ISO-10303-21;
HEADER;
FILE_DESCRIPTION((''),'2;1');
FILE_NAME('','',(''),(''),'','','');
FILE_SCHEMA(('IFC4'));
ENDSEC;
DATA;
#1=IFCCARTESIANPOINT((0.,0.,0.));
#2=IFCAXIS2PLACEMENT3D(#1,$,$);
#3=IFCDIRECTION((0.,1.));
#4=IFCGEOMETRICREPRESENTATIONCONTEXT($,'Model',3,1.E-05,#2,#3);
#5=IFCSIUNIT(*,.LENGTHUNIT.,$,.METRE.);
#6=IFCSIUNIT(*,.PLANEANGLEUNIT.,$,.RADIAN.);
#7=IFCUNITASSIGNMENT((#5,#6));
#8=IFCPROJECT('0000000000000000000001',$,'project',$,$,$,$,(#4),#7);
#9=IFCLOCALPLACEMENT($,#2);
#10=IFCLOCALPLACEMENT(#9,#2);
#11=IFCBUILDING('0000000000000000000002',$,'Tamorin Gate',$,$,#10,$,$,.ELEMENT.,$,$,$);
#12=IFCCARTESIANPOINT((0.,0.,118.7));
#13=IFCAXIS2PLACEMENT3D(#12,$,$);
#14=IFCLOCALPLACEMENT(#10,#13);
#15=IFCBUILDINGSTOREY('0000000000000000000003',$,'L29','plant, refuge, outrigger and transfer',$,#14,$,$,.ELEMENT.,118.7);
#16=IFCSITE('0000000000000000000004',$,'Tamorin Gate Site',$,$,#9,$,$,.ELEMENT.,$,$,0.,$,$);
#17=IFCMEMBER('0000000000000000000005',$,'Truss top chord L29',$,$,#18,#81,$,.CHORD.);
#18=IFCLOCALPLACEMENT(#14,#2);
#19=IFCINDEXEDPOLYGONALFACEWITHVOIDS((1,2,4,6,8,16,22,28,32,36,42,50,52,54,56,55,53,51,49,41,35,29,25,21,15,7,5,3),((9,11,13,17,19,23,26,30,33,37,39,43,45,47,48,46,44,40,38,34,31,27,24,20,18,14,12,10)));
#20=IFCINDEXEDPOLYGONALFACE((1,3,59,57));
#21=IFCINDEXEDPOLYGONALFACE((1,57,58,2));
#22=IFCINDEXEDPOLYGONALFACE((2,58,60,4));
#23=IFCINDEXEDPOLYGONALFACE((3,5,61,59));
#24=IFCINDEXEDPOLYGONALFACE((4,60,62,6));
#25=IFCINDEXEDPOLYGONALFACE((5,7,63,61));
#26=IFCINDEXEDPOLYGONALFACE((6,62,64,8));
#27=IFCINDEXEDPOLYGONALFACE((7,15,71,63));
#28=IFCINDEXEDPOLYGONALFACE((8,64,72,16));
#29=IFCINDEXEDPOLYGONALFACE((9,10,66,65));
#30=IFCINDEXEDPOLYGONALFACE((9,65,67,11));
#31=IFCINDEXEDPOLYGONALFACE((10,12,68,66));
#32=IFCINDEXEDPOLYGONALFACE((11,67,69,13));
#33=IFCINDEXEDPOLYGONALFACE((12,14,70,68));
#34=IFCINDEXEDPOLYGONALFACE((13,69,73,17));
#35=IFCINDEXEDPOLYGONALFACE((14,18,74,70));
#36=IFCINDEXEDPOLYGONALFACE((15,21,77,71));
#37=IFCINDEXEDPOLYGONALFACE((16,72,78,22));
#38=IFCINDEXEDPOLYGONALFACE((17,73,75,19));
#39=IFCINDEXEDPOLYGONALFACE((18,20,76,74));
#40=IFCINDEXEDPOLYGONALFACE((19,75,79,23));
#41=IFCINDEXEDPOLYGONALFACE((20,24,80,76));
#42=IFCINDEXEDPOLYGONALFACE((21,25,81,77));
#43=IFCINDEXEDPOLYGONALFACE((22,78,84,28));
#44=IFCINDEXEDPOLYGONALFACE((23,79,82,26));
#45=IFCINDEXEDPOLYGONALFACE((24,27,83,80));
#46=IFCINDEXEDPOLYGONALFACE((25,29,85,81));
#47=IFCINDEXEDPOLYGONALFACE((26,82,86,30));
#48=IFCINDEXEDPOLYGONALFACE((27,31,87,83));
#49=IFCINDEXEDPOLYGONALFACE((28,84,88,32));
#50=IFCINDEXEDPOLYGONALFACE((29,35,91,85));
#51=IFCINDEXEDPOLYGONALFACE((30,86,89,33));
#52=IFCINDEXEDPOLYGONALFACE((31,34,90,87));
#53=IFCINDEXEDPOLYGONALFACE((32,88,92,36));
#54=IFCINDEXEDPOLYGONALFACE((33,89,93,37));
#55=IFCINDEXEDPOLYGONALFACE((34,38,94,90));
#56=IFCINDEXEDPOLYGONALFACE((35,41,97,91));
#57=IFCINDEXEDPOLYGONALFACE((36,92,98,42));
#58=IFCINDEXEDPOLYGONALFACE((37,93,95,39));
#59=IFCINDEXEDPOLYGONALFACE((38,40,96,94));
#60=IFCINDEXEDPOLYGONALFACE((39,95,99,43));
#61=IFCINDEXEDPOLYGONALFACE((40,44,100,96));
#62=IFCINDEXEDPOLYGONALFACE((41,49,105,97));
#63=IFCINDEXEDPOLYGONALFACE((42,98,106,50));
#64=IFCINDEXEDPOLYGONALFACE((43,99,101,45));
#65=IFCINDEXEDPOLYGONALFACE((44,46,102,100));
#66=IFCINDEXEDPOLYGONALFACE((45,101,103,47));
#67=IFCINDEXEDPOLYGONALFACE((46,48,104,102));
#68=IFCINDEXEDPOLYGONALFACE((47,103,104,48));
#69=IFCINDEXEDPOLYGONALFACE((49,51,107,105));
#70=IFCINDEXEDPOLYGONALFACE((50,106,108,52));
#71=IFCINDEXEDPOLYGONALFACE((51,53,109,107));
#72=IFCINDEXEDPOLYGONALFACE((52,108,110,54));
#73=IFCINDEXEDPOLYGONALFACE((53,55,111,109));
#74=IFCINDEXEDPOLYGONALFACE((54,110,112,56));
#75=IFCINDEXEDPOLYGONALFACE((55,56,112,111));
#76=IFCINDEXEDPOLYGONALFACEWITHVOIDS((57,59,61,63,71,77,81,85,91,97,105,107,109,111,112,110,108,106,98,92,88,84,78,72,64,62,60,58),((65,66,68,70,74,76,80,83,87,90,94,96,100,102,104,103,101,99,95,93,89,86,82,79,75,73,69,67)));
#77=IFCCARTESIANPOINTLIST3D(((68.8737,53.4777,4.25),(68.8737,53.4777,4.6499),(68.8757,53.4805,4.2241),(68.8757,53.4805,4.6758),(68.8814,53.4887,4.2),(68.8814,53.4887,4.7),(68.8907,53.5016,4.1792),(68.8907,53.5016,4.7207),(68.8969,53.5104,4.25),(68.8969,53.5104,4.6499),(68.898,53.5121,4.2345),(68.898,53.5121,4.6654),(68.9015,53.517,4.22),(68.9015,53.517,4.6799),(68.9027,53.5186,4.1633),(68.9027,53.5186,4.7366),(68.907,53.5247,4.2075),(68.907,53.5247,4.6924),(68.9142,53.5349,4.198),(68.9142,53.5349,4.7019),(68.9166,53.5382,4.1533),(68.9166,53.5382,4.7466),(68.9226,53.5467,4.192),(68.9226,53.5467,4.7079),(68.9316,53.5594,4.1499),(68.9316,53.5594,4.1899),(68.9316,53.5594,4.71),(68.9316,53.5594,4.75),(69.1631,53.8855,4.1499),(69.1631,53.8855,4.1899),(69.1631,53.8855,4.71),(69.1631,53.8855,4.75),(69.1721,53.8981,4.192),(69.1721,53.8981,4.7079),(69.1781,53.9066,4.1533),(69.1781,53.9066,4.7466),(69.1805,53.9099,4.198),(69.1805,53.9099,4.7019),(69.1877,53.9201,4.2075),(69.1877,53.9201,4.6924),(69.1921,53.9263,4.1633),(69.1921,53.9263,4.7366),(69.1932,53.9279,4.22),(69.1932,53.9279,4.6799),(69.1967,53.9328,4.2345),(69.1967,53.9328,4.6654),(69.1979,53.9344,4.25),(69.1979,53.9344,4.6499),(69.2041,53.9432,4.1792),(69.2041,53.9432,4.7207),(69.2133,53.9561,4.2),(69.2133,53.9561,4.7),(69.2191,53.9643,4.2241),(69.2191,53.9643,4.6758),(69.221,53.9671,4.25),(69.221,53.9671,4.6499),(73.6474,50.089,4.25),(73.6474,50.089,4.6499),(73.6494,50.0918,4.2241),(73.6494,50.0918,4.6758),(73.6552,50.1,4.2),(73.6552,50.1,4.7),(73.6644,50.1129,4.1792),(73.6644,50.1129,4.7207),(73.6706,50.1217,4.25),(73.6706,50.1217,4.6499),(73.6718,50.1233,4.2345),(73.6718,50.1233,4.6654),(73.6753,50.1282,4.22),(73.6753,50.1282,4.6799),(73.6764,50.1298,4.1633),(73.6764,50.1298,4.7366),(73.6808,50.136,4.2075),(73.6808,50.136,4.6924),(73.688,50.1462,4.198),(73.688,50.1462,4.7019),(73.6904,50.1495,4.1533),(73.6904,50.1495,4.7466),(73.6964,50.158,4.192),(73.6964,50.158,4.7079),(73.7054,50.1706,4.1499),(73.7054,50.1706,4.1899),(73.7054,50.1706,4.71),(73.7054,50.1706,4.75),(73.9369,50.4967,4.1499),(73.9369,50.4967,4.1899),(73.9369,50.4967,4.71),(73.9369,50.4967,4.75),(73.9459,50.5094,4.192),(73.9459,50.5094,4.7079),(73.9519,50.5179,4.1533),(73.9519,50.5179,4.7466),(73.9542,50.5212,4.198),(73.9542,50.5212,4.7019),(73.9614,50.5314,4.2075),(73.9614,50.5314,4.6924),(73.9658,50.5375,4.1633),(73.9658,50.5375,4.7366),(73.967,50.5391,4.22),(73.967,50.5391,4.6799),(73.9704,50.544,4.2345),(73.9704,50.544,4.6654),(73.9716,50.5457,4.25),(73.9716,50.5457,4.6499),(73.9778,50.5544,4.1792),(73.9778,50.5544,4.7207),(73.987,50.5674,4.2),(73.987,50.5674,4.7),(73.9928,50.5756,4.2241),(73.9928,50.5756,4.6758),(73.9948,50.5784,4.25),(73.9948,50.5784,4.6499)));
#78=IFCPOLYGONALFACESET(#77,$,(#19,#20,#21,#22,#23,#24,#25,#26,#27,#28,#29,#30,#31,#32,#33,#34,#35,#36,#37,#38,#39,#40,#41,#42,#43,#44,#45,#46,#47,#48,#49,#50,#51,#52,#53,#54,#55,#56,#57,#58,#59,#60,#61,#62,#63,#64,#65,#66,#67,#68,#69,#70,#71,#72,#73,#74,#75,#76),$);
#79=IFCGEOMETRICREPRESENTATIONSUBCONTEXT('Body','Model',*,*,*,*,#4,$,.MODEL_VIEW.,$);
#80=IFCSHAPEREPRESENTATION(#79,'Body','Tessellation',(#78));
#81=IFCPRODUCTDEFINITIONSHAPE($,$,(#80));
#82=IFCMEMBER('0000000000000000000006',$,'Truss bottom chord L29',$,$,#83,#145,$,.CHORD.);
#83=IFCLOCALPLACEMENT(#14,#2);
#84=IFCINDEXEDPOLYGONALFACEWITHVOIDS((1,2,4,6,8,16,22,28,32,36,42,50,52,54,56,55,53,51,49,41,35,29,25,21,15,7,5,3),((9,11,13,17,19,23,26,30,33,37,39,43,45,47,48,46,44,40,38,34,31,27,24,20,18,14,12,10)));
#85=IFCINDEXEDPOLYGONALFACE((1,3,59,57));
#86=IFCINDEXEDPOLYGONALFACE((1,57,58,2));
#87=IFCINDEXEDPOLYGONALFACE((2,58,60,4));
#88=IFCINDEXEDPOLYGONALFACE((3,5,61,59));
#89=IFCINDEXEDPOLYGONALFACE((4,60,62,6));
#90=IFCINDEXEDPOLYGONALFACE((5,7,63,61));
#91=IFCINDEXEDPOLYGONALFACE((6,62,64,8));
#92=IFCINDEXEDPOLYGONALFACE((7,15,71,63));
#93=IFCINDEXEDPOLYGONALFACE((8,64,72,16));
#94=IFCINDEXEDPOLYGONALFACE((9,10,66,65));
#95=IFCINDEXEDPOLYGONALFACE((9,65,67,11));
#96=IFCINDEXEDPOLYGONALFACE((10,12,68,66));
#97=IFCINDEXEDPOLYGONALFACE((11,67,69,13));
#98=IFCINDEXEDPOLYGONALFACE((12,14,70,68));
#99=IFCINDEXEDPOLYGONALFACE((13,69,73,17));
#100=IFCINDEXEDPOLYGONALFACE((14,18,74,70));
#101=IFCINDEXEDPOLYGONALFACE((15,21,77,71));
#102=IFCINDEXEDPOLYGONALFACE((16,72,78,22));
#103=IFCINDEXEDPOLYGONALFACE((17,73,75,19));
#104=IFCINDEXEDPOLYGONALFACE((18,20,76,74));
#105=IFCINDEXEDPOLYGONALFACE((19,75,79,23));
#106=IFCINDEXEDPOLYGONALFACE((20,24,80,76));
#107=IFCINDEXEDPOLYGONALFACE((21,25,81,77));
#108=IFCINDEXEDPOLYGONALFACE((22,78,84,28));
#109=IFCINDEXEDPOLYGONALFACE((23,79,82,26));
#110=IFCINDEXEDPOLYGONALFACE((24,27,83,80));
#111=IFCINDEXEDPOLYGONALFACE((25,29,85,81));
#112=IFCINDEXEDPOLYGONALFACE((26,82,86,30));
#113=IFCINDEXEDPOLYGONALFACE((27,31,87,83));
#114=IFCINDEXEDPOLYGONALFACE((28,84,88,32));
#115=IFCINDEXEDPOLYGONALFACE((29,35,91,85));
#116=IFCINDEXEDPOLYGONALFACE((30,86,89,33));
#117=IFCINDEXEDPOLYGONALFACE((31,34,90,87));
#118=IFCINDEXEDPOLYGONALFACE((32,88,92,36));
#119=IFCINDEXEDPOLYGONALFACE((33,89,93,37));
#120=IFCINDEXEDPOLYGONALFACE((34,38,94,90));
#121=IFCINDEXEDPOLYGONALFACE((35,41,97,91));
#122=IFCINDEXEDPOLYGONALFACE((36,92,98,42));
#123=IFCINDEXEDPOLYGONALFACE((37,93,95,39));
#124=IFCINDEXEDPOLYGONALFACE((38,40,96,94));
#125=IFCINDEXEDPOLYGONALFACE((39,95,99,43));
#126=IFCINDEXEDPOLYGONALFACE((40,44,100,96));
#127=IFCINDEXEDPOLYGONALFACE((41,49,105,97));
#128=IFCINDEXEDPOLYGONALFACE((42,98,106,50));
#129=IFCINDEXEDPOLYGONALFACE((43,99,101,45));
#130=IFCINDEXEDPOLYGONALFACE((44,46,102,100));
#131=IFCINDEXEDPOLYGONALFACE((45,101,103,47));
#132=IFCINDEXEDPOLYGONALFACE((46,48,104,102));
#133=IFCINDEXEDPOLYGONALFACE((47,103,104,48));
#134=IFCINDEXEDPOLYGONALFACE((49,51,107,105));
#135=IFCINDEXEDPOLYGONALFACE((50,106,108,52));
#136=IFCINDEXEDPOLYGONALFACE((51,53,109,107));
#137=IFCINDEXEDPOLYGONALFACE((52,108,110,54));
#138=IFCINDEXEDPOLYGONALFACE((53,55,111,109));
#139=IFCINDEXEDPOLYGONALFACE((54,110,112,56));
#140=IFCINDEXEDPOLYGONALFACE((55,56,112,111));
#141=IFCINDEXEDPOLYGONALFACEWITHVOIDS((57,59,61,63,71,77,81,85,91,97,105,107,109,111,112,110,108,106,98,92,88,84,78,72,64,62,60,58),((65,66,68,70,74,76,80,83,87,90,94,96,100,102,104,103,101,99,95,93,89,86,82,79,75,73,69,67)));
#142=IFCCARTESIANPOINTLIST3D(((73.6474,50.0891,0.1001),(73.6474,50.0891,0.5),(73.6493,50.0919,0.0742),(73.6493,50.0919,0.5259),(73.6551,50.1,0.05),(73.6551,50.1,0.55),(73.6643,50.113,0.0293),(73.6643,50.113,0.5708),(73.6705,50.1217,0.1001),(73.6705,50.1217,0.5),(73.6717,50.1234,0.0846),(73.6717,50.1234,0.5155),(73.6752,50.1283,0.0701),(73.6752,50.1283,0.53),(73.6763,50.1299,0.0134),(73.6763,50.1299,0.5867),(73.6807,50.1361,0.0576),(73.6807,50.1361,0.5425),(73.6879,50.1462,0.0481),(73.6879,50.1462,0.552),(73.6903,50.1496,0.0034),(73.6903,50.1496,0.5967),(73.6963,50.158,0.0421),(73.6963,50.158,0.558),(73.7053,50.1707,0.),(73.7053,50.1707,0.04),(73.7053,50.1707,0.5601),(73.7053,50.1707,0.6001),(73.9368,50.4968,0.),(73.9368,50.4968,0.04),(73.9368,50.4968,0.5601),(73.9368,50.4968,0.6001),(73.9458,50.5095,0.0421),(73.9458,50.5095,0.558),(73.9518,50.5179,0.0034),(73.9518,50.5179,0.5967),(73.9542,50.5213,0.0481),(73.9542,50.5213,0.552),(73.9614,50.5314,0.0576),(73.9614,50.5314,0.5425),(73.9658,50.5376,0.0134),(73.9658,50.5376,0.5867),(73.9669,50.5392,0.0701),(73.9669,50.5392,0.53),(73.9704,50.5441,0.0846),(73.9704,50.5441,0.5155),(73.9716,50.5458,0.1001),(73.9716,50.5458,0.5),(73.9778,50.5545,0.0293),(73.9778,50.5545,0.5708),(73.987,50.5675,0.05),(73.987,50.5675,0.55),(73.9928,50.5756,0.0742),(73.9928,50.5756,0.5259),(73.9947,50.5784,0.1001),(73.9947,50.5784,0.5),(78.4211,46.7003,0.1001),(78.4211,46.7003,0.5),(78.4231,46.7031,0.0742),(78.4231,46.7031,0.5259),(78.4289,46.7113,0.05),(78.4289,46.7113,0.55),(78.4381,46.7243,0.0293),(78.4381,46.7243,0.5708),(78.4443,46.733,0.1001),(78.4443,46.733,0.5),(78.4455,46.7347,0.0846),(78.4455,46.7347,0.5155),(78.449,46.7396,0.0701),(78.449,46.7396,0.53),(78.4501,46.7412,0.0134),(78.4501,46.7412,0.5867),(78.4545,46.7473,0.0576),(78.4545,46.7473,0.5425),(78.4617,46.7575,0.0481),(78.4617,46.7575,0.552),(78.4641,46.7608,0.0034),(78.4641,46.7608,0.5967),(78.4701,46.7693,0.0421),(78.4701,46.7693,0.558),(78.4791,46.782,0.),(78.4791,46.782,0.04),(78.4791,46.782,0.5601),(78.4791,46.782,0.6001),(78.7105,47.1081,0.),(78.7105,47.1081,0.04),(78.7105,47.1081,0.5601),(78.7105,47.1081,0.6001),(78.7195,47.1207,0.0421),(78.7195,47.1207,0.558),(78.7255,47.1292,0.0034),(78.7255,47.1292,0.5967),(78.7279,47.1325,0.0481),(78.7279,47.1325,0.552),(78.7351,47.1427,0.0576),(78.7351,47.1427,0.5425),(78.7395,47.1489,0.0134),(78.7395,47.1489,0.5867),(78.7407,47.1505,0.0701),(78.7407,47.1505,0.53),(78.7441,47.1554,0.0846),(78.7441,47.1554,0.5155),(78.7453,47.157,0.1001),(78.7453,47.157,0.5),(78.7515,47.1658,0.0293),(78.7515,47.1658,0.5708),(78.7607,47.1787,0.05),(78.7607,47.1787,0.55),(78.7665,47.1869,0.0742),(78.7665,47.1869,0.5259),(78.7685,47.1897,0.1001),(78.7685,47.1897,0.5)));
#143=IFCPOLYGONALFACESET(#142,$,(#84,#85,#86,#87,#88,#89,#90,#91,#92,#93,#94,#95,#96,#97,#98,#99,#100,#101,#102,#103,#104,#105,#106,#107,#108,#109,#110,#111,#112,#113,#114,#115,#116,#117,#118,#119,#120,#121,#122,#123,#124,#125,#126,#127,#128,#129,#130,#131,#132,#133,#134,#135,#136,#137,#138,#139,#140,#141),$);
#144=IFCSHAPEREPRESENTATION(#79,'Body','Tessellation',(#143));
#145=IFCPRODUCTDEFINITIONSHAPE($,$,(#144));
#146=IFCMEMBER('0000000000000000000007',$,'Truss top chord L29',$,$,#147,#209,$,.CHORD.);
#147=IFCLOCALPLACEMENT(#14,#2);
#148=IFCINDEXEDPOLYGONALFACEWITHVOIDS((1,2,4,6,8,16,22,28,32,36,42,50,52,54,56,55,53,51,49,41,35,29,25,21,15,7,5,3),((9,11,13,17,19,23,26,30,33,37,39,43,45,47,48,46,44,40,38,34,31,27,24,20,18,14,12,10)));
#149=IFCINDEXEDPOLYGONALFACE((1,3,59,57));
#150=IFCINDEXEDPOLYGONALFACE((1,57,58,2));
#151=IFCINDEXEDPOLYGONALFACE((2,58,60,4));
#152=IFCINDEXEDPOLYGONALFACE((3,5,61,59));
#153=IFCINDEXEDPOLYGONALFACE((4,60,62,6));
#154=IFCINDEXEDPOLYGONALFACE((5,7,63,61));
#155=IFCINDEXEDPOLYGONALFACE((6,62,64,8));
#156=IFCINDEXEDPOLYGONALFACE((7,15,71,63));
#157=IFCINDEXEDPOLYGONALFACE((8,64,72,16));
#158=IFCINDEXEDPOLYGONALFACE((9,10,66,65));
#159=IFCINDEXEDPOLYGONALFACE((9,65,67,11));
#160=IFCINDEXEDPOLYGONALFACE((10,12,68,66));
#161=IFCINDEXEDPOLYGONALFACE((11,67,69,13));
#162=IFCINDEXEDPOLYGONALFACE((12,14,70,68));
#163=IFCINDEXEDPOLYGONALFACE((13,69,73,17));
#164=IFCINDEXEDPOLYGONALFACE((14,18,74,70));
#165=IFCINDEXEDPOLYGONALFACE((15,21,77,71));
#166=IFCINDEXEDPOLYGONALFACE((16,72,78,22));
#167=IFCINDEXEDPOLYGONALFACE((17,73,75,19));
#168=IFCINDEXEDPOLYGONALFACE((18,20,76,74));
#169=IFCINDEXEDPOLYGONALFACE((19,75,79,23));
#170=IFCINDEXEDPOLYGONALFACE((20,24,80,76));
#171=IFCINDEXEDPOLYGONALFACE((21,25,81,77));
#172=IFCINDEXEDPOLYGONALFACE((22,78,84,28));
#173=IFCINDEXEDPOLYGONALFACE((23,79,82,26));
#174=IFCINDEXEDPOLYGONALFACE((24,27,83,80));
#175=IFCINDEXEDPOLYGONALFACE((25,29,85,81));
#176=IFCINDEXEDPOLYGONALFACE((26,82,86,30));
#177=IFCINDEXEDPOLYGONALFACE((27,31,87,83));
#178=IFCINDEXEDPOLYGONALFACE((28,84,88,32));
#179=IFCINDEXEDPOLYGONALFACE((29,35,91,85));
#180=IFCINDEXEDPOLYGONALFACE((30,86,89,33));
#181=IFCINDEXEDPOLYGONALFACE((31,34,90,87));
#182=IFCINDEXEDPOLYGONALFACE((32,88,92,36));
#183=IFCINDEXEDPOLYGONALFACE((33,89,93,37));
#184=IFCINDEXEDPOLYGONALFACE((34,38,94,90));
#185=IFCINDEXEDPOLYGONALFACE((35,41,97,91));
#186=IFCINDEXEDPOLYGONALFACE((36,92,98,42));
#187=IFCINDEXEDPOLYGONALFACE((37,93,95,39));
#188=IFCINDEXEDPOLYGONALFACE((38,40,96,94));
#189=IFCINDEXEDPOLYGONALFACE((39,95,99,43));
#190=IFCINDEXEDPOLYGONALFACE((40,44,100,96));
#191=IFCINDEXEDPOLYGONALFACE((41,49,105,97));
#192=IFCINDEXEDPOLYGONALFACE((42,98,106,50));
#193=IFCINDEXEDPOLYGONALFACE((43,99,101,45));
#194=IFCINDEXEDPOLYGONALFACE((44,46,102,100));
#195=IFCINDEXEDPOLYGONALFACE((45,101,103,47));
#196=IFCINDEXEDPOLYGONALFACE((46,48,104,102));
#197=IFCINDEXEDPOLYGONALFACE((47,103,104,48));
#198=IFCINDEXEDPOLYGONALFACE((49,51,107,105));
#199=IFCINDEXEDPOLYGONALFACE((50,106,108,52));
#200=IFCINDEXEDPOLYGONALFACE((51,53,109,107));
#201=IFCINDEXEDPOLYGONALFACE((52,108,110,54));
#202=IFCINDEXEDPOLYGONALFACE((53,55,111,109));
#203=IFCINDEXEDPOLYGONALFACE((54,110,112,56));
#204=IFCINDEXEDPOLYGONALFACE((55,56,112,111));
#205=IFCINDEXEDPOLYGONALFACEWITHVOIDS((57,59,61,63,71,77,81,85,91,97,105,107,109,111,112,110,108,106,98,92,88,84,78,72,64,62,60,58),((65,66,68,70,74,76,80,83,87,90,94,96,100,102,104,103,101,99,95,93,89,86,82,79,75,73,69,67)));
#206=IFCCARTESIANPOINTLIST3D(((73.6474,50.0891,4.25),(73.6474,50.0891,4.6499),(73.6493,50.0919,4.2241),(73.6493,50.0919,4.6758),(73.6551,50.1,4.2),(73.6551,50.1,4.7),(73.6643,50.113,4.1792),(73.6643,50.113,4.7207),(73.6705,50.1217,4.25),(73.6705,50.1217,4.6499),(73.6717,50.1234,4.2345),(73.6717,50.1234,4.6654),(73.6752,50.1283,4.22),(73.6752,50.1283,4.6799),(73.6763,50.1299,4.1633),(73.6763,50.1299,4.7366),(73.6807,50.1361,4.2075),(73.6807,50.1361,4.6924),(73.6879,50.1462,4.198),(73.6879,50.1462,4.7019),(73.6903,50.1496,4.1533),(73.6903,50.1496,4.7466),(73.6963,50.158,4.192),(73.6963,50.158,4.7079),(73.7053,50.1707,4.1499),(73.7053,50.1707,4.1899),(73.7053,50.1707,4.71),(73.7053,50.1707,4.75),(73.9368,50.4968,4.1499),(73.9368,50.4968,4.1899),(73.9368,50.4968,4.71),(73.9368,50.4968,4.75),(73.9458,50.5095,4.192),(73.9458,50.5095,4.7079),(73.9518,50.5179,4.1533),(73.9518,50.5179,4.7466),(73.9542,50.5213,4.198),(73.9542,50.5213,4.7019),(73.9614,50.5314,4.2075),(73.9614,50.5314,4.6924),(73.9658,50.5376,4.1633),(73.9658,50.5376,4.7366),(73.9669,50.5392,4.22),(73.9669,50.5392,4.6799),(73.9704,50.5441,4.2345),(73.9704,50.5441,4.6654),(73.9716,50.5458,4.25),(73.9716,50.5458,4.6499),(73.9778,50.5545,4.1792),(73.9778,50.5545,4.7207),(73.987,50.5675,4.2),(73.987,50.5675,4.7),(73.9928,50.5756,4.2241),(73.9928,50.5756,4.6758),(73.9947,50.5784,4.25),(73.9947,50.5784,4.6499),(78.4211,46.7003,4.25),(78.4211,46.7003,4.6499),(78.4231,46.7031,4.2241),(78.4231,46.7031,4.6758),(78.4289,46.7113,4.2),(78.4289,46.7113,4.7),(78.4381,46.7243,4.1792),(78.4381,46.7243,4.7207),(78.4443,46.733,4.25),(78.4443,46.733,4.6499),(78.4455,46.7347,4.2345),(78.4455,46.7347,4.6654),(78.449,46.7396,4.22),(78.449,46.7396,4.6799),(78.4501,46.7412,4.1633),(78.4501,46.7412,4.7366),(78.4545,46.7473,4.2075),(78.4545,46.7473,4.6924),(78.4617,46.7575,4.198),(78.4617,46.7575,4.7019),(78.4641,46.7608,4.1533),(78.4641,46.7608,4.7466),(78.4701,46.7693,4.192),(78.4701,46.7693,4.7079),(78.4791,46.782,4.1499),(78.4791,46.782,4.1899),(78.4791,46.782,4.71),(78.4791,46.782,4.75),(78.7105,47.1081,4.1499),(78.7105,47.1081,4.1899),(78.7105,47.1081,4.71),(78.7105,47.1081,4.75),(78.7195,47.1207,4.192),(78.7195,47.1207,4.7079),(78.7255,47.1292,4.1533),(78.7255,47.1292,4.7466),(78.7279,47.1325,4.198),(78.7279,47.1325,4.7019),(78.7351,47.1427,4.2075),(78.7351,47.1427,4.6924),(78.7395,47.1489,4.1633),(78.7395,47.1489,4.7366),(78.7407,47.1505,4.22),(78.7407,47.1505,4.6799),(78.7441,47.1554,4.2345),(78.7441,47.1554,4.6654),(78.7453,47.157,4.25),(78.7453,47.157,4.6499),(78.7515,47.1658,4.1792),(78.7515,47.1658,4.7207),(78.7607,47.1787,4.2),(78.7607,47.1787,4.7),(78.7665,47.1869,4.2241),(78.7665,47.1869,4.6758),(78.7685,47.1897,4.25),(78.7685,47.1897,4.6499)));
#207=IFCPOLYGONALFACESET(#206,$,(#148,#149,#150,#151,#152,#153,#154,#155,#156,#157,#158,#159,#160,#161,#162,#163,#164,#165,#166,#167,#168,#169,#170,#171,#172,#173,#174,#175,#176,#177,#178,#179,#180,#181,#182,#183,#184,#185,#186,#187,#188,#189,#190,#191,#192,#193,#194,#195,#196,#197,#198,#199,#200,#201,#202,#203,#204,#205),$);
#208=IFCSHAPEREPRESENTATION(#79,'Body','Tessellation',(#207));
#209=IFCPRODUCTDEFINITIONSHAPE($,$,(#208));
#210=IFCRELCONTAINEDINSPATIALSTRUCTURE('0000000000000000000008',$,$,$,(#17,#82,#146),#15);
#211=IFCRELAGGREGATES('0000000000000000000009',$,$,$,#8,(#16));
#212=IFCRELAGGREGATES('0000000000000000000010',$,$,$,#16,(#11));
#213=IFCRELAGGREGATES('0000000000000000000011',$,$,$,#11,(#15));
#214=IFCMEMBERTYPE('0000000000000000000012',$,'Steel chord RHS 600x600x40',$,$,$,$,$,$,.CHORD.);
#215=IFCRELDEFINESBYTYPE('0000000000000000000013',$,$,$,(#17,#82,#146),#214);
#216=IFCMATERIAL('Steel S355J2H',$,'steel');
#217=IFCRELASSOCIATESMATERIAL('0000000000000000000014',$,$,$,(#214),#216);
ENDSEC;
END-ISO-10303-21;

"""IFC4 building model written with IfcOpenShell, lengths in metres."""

from ifc_helpers import new_model, si_unit, direction, frame, origin, origin_2d, place, context, subcontext, project, spatial, hollow_rectangle, extrude, material, material_profile, profile_set, type_object, element, save


model = new_model("IFC4")

# Units and contexts
model_context = context("Model", 3, precision=1e-05, world=origin(), true_north=direction((0.0, 1.0)))
body_context = subcontext(model_context, "Body", "Model", "MODEL_VIEW")
ifc_project = project(units=[si_unit("LENGTHUNIT", "METRE"), si_unit("PLANEANGLEUNIT", "RADIAN")], contexts=[model_context])

# Site, building, storey
site_placement = place(None, origin())
site = spatial("IfcSite", under=ifc_project, at=site_placement, Name="Tamorin Gate Site", CompositionType="ELEMENT", RefElevation=0.0)
building_placement = place(site_placement, origin())
building = spatial("IfcBuilding", under=site, at=building_placement, Name="Tamorin Gate", CompositionType="ELEMENT")
storey_placement = place(building_placement, frame((0.0, 0.0, 118.7)))
storey = spatial("IfcBuildingStorey", under=building, at=storey_placement, Name="L29", Description="plant, refuge, outrigger and transfer", CompositionType="ELEMENT", Elevation=118.7)

# Members
ifc_material_1 = material(Name="Steel S355J2H", Category="steel")
ifc_material_profile_1 = material_profile(ifc_material_1, hollow_rectangle(XDim=0.6001, YDim=0.6001, WallThickness=0.04, InnerFilletRadius=0.0601, OuterFilletRadius=0.1001, at=origin_2d()), Name="RHS 600x600x40")
ifc_profile_set_1 = profile_set([ifc_material_profile_1], Name="Steel S355J2H")
member_type = type_object("IfcMemberType", Name="Steel chord RHS 600x600x40", PredefinedType="CHORD", material=ifc_profile_set_1)
for number, where, z_axis, x_axis, name in (
    (1, (69.0474, 53.7224, 4.45), (0.815435, -0.578849, 0.0), (0.578849, 0.815435, 0.0), "Truss top chord L29"),
    (2, (73.821, 50.3337, 0.3), (0.815435, -0.578849, 0.0), (0.578849, 0.815435, 0.0), "Truss bottom chord L29"),
    (3, (73.821, 50.3337, 4.45), (0.815435, -0.578849, 0.0), (0.578849, 0.815435, 0.0), "Truss top chord L29"),
):
    element("IfcMember", number, at=place(storey_placement, frame(where, z_axis=z_axis, x_axis=x_axis)), inside=storey, type_object=member_type, Name=name, PredefinedType="CHORD", context=body_context, shape_type="SweptSolid", body=[
        extrude(hollow_rectangle(XDim=0.6001, YDim=0.6001, WallThickness=0.04, InnerFilletRadius=0.0601, OuterFilletRadius=0.1001, at=origin_2d()), origin(), (0.0, 0.0, 1.0), 5.8542),
    ])

save(model, "model.ifc")
